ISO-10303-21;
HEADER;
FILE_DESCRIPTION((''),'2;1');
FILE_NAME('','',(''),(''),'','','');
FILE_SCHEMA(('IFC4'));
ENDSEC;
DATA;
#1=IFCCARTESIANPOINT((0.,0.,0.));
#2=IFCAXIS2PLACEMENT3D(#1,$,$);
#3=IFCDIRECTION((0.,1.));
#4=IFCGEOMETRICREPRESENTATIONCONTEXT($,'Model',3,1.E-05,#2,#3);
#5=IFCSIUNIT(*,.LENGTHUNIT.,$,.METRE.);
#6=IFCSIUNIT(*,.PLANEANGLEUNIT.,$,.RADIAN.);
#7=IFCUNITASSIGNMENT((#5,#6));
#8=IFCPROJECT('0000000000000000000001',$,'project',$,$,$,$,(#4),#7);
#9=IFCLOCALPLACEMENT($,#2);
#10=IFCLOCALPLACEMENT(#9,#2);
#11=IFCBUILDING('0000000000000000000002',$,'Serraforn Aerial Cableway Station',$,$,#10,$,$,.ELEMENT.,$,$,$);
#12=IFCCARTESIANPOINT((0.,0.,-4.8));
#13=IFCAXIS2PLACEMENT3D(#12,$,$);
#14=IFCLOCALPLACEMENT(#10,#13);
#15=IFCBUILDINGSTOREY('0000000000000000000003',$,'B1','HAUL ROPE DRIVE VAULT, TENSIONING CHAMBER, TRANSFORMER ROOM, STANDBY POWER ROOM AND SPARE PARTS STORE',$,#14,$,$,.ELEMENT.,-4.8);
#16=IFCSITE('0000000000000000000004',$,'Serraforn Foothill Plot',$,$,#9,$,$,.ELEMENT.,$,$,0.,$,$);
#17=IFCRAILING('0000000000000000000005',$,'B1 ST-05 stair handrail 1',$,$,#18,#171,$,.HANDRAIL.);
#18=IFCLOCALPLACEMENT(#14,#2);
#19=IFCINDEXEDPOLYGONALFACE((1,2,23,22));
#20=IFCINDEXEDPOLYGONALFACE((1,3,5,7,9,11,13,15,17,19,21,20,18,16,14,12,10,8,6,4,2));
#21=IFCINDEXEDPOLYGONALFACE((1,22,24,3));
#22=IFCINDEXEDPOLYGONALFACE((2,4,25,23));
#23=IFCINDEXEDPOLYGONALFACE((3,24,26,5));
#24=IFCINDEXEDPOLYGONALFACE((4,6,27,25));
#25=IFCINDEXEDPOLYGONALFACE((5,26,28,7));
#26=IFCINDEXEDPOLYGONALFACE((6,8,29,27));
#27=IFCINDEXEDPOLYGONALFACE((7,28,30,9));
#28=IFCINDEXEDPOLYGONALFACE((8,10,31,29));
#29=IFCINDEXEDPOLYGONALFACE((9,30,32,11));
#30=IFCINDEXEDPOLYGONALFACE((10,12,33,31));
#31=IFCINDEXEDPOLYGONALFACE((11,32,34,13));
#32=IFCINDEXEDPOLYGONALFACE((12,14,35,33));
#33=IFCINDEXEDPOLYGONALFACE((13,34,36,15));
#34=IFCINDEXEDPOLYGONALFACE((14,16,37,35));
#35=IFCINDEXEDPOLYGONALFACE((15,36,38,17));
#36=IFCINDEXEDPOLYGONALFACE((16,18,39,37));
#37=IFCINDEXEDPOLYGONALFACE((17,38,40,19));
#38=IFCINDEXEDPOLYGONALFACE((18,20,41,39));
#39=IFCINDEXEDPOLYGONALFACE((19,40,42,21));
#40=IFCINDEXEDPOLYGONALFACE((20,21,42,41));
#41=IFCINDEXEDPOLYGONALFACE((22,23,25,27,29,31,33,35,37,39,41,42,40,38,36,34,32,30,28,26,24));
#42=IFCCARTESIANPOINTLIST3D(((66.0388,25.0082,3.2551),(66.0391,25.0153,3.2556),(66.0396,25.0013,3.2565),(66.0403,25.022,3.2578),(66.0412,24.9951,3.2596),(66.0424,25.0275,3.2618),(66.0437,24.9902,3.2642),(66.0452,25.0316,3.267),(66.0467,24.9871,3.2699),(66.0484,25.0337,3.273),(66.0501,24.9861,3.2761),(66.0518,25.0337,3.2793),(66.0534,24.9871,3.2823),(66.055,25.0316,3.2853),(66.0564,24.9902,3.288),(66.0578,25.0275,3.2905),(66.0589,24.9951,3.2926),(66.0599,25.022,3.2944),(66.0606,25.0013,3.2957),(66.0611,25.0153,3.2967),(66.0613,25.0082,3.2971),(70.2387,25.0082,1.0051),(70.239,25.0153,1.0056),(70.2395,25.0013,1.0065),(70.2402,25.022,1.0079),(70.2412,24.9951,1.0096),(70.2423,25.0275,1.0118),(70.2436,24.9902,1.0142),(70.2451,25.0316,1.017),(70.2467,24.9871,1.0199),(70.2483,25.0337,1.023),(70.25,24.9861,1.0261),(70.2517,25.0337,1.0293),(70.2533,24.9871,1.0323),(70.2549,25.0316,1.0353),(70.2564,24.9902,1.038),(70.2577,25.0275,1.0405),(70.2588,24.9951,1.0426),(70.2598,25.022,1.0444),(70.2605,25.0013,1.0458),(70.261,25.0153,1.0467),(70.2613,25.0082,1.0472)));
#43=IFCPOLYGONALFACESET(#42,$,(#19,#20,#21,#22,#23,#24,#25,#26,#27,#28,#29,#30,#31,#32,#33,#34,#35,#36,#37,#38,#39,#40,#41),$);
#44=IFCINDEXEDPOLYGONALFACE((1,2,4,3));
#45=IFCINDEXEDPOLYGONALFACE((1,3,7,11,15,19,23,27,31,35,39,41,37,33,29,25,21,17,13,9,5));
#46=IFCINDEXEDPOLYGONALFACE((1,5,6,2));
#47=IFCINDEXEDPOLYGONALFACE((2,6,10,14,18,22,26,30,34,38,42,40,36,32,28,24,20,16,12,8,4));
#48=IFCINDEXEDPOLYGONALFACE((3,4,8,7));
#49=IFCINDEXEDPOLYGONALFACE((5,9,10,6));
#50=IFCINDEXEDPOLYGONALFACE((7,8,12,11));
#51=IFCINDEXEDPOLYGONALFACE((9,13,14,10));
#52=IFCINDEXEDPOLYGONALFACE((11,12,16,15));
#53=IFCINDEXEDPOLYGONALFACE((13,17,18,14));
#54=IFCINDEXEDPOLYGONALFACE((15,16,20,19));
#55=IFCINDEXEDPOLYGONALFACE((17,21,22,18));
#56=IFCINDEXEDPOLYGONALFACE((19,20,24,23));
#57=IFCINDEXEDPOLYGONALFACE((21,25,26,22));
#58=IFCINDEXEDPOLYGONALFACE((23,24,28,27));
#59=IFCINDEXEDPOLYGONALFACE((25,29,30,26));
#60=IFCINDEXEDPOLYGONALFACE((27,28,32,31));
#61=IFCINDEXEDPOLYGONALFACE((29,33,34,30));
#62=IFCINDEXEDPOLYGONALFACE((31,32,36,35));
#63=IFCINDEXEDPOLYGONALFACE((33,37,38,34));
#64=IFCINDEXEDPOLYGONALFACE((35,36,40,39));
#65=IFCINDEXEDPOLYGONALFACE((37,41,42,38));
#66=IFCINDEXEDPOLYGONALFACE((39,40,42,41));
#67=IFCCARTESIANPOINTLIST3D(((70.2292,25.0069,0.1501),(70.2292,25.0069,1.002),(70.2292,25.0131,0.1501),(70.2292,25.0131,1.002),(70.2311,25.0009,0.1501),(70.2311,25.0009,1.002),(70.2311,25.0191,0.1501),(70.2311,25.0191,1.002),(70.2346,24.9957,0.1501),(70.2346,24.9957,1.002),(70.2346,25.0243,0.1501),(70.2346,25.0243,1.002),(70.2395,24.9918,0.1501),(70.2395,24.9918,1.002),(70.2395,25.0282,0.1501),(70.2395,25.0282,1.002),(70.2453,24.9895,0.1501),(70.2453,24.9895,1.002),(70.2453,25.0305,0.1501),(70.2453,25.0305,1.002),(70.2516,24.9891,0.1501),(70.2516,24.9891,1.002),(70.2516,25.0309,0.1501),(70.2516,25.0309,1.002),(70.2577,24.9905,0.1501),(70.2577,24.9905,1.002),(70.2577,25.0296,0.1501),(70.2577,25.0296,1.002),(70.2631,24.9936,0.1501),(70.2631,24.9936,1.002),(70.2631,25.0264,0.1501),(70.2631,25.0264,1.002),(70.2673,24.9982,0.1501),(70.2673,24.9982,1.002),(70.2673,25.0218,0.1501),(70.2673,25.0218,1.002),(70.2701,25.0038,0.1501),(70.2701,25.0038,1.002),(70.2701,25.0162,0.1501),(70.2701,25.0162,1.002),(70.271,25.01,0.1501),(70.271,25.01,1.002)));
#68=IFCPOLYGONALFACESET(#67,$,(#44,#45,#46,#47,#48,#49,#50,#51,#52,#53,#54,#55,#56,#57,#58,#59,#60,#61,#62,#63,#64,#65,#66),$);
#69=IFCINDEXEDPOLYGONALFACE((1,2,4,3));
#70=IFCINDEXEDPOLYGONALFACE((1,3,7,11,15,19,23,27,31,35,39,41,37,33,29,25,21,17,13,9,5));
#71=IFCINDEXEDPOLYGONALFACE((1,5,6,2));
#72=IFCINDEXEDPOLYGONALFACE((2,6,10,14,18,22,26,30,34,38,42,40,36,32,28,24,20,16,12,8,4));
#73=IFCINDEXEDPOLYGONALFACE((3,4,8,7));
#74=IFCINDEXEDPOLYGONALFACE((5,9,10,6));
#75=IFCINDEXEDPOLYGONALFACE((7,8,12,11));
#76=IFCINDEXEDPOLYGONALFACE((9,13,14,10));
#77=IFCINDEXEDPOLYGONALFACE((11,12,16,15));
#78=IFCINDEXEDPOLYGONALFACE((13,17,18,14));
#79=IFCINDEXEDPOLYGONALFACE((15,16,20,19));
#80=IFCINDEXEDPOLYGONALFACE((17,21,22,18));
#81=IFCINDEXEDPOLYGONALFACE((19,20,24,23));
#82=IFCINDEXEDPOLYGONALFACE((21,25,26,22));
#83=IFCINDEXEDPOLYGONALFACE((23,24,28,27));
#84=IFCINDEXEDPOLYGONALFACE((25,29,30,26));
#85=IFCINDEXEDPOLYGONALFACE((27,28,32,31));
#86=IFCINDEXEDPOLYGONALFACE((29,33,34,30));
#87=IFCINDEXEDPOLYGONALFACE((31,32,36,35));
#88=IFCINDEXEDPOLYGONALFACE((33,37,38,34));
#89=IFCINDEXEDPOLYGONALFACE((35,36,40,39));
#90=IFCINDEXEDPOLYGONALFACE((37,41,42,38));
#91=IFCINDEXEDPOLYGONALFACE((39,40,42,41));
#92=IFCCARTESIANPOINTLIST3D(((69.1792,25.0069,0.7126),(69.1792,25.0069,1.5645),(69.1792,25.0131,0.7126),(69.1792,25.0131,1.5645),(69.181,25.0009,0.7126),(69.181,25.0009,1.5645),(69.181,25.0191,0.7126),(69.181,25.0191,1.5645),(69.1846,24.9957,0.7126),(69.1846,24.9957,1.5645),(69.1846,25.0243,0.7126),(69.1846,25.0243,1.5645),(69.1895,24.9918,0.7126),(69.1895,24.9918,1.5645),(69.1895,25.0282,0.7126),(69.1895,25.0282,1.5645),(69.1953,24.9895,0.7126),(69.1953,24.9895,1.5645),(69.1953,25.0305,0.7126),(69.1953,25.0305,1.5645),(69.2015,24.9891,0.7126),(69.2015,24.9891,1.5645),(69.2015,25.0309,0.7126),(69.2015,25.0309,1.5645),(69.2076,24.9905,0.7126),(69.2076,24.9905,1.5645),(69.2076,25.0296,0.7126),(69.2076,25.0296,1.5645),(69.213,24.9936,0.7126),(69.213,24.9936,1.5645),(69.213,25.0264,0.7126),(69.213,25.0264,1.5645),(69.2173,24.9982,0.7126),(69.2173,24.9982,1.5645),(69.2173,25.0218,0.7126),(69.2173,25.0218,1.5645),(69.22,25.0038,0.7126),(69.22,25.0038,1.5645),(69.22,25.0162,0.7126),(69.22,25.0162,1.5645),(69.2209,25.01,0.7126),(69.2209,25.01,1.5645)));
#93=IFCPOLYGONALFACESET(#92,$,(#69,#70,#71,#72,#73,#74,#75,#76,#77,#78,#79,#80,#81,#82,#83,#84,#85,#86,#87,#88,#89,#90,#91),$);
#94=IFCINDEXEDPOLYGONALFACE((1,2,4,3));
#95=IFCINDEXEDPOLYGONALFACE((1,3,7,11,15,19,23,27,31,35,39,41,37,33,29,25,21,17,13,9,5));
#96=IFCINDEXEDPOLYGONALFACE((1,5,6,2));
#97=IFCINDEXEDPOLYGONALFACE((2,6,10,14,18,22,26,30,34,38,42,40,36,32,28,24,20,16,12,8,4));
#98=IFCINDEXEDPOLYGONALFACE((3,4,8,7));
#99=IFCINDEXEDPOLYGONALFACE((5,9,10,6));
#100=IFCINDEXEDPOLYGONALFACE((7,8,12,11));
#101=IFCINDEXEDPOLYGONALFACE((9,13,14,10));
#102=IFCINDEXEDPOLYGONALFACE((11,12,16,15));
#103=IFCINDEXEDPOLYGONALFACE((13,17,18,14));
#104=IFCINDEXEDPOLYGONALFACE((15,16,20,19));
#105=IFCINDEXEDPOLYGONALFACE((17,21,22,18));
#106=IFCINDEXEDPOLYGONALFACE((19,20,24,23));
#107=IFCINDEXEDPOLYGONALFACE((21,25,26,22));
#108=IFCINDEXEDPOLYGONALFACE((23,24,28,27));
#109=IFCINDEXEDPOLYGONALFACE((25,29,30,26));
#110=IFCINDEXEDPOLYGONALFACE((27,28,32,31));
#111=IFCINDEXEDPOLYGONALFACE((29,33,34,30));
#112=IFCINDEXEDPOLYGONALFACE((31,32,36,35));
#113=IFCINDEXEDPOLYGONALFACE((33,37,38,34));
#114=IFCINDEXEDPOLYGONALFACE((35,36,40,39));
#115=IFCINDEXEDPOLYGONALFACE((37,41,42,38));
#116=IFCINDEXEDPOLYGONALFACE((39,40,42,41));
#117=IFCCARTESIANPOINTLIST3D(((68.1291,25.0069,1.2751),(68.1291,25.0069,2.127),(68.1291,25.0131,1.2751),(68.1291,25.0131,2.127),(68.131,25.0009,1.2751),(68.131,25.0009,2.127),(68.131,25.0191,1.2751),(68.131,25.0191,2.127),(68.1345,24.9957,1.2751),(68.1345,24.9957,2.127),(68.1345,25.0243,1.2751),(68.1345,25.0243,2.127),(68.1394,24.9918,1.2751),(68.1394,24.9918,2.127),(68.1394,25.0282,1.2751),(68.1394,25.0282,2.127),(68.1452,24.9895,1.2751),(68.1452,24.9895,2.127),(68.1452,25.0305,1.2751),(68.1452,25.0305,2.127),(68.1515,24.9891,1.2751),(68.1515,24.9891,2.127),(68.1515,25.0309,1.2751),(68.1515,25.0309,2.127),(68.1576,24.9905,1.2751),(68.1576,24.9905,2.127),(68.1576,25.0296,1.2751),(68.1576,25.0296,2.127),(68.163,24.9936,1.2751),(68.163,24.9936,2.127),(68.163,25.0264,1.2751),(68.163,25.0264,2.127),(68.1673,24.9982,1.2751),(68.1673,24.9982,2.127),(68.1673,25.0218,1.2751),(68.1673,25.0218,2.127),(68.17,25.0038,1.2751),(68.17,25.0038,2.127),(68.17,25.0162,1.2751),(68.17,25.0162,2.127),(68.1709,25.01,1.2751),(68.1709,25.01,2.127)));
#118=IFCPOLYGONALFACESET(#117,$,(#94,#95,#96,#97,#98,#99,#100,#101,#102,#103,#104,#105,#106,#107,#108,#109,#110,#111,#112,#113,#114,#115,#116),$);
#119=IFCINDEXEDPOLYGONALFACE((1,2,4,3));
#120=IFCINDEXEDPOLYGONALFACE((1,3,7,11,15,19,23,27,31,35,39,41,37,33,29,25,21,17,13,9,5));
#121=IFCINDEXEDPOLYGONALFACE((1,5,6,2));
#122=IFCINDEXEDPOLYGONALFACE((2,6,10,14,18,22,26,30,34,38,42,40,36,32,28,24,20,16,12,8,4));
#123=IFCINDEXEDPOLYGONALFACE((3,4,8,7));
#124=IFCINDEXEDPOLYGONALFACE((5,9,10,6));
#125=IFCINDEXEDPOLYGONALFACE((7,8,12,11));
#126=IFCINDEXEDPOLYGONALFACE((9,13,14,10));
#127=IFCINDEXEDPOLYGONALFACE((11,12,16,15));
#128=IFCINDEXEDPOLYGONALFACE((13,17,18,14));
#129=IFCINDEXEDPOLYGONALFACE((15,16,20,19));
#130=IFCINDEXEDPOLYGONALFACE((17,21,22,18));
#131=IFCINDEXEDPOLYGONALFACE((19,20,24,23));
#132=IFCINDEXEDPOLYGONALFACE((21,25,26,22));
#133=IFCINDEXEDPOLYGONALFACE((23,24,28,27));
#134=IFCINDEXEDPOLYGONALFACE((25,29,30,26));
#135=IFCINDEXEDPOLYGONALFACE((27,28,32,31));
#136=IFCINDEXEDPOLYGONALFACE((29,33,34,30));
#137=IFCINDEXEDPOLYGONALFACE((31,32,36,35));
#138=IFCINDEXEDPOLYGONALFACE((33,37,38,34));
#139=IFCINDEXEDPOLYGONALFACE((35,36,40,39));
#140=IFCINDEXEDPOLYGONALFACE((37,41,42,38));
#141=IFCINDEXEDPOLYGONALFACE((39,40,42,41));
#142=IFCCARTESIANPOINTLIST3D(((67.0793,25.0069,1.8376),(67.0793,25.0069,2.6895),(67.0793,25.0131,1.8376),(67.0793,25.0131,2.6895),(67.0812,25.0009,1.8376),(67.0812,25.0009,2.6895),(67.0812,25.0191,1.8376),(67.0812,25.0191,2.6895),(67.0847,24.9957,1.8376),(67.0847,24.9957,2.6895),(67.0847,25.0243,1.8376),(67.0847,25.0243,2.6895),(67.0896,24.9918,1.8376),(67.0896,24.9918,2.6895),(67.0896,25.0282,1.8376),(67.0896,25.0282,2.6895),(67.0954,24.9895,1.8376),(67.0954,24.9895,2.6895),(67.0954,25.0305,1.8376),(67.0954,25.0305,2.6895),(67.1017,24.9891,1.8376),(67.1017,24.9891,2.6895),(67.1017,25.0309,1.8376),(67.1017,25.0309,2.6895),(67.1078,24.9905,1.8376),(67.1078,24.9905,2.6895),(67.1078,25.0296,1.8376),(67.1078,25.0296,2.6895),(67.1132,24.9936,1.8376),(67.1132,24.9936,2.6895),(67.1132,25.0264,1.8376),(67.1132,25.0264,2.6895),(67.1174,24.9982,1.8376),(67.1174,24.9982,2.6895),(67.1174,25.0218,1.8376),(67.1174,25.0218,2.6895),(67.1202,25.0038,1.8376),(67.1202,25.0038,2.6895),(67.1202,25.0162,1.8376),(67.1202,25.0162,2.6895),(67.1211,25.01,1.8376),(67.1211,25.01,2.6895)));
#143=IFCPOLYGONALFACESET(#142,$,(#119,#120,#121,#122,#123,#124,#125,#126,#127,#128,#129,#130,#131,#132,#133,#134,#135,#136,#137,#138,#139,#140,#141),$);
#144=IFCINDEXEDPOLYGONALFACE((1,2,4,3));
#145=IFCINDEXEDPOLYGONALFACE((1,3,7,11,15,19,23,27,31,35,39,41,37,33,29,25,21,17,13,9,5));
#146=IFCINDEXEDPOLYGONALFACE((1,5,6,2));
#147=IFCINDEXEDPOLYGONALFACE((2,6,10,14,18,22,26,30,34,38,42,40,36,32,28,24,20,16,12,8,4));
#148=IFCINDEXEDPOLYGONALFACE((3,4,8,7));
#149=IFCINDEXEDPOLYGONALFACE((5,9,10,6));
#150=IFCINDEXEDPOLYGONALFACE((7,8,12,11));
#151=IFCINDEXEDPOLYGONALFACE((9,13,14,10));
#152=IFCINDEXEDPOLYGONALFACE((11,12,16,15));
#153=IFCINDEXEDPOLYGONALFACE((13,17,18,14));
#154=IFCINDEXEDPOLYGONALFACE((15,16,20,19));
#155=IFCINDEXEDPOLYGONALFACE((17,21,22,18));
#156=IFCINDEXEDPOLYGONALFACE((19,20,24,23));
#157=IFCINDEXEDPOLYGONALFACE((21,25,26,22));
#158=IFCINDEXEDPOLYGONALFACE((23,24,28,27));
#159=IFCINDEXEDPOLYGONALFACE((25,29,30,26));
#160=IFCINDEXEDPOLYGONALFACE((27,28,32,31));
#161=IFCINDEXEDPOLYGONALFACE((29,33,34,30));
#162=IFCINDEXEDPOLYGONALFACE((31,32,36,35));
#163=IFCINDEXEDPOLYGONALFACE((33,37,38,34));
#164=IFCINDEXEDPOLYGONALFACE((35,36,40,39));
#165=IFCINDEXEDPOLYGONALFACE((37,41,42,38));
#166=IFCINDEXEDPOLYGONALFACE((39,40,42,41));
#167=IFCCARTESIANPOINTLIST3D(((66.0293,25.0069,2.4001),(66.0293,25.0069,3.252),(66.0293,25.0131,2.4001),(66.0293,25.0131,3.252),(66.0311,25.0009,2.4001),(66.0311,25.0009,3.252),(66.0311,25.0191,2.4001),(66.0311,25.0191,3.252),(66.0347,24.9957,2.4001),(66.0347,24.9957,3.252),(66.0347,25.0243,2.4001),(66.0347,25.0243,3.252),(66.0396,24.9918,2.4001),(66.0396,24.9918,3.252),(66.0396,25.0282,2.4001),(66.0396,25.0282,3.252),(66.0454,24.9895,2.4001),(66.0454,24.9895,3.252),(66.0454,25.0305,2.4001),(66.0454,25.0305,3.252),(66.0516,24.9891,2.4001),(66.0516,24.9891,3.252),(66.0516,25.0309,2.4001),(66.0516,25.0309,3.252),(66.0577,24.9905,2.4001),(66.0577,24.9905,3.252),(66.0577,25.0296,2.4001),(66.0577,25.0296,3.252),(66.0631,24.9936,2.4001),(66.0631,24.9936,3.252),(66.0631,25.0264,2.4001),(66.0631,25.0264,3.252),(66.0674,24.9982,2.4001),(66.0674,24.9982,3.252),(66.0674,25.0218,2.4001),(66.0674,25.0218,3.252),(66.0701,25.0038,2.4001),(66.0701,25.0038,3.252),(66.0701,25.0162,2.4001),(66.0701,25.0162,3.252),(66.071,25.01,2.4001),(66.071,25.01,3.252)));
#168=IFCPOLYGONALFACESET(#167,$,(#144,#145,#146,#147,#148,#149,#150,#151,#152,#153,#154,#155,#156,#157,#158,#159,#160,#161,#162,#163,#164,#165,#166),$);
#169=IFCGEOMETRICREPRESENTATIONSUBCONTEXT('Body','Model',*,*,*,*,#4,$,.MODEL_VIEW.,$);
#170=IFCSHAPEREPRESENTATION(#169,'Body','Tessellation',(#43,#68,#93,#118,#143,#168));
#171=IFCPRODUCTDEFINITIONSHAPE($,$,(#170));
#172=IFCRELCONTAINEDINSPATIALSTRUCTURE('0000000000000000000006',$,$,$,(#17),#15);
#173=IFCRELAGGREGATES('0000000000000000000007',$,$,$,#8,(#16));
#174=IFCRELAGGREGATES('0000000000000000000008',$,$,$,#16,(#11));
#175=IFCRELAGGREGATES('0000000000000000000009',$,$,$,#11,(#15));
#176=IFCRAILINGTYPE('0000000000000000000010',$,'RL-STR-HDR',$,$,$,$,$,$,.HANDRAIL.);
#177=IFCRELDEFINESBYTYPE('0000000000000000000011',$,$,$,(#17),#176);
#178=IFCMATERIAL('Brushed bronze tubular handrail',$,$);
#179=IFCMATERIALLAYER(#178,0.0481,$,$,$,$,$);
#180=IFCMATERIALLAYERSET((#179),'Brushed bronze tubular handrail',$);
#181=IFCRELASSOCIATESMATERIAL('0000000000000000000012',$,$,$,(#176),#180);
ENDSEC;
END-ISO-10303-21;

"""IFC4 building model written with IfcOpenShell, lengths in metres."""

from ifc_helpers import new_model, si_unit, direction, frame, origin, origin_2d, place, context, subcontext, project, spatial, circle, extrude, material, layer, layer_set, type_object, element, save


model = new_model("IFC4")

# Units and contexts
model_context = context("Model", 3, precision=1e-05, world=origin(), true_north=direction((0.0, 1.0)))
body_context = subcontext(model_context, "Body", "Model", "MODEL_VIEW")
ifc_project = project(units=[si_unit("LENGTHUNIT", "METRE"), si_unit("PLANEANGLEUNIT", "RADIAN")], contexts=[model_context])

# Site, building, storey
site_placement = place(None, origin())
site = spatial("IfcSite", under=ifc_project, at=site_placement, Name="Serraforn Foothill Plot", CompositionType="ELEMENT", RefElevation=0.0)
building_placement = place(site_placement, origin())
building = spatial("IfcBuilding", under=site, at=building_placement, Name="Serraforn Aerial Cableway Station", CompositionType="ELEMENT")
storey_placement = place(building_placement, frame((0.0, 0.0, -4.8)))
storey = spatial("IfcBuildingStorey", under=building, at=storey_placement, Name="B1", Description="HAUL ROPE DRIVE VAULT, TENSIONING CHAMBER, TRANSFORMER ROOM, STANDBY POWER ROOM AND SPARE PARTS STORE", CompositionType="ELEMENT", Elevation=-4.8)

# Railing
ifc_material_1 = material(Name="Brushed bronze tubular handrail")
ifc_layer_1 = layer(ifc_material_1, 0.0481)
ifc_layer_set_1 = layer_set([ifc_layer_1], Name="Brushed bronze tubular handrail")
railing_type_1 = type_object("IfcRailingType", Name="RL-STR-HDR", PredefinedType="HANDRAIL", material=ifc_layer_set_1)
railing_1_placement = place(storey_placement, frame((70.25, 25.01, 0.1501)))
element("IfcRailing", 1, at=railing_1_placement, inside=storey, type_object=railing_type_1, Name="B1 ST-05 stair handrail 1", PredefinedType="HANDRAIL", context=body_context, shape_type="SweptSolid", body=[
    extrude(circle(Radius=0.0239, at=origin_2d()), frame((0.0, 0.0, 0.876), z_axis=(-0.881478, 0.0, 0.472226), x_axis=(0.0, -1.0, 0.0)), (0.0, 0.0, 1.0), 4.7646),
    extrude(circle(Radius=0.021, at=origin_2d()), origin(), (0.0, 0.0, 1.0), 0.8518),
    extrude(circle(Radius=0.021, at=origin_2d()), frame((-1.05, 0.0, 0.5625)), (0.0, 0.0, 1.0), 0.8518),
    extrude(circle(Radius=0.021, at=origin_2d()), frame((-2.1001, 0.0, 1.125)), (0.0, 0.0, 1.0), 0.8518),
    extrude(circle(Radius=0.021, at=origin_2d()), frame((-3.1499, 0.0, 1.6875)), (0.0, 0.0, 1.0), 0.8518),
    extrude(circle(Radius=0.021, at=origin_2d()), frame((-4.2, 0.0, 2.25)), (0.0, 0.0, 1.0), 0.8518),
])

save(model, "model.ifc")
